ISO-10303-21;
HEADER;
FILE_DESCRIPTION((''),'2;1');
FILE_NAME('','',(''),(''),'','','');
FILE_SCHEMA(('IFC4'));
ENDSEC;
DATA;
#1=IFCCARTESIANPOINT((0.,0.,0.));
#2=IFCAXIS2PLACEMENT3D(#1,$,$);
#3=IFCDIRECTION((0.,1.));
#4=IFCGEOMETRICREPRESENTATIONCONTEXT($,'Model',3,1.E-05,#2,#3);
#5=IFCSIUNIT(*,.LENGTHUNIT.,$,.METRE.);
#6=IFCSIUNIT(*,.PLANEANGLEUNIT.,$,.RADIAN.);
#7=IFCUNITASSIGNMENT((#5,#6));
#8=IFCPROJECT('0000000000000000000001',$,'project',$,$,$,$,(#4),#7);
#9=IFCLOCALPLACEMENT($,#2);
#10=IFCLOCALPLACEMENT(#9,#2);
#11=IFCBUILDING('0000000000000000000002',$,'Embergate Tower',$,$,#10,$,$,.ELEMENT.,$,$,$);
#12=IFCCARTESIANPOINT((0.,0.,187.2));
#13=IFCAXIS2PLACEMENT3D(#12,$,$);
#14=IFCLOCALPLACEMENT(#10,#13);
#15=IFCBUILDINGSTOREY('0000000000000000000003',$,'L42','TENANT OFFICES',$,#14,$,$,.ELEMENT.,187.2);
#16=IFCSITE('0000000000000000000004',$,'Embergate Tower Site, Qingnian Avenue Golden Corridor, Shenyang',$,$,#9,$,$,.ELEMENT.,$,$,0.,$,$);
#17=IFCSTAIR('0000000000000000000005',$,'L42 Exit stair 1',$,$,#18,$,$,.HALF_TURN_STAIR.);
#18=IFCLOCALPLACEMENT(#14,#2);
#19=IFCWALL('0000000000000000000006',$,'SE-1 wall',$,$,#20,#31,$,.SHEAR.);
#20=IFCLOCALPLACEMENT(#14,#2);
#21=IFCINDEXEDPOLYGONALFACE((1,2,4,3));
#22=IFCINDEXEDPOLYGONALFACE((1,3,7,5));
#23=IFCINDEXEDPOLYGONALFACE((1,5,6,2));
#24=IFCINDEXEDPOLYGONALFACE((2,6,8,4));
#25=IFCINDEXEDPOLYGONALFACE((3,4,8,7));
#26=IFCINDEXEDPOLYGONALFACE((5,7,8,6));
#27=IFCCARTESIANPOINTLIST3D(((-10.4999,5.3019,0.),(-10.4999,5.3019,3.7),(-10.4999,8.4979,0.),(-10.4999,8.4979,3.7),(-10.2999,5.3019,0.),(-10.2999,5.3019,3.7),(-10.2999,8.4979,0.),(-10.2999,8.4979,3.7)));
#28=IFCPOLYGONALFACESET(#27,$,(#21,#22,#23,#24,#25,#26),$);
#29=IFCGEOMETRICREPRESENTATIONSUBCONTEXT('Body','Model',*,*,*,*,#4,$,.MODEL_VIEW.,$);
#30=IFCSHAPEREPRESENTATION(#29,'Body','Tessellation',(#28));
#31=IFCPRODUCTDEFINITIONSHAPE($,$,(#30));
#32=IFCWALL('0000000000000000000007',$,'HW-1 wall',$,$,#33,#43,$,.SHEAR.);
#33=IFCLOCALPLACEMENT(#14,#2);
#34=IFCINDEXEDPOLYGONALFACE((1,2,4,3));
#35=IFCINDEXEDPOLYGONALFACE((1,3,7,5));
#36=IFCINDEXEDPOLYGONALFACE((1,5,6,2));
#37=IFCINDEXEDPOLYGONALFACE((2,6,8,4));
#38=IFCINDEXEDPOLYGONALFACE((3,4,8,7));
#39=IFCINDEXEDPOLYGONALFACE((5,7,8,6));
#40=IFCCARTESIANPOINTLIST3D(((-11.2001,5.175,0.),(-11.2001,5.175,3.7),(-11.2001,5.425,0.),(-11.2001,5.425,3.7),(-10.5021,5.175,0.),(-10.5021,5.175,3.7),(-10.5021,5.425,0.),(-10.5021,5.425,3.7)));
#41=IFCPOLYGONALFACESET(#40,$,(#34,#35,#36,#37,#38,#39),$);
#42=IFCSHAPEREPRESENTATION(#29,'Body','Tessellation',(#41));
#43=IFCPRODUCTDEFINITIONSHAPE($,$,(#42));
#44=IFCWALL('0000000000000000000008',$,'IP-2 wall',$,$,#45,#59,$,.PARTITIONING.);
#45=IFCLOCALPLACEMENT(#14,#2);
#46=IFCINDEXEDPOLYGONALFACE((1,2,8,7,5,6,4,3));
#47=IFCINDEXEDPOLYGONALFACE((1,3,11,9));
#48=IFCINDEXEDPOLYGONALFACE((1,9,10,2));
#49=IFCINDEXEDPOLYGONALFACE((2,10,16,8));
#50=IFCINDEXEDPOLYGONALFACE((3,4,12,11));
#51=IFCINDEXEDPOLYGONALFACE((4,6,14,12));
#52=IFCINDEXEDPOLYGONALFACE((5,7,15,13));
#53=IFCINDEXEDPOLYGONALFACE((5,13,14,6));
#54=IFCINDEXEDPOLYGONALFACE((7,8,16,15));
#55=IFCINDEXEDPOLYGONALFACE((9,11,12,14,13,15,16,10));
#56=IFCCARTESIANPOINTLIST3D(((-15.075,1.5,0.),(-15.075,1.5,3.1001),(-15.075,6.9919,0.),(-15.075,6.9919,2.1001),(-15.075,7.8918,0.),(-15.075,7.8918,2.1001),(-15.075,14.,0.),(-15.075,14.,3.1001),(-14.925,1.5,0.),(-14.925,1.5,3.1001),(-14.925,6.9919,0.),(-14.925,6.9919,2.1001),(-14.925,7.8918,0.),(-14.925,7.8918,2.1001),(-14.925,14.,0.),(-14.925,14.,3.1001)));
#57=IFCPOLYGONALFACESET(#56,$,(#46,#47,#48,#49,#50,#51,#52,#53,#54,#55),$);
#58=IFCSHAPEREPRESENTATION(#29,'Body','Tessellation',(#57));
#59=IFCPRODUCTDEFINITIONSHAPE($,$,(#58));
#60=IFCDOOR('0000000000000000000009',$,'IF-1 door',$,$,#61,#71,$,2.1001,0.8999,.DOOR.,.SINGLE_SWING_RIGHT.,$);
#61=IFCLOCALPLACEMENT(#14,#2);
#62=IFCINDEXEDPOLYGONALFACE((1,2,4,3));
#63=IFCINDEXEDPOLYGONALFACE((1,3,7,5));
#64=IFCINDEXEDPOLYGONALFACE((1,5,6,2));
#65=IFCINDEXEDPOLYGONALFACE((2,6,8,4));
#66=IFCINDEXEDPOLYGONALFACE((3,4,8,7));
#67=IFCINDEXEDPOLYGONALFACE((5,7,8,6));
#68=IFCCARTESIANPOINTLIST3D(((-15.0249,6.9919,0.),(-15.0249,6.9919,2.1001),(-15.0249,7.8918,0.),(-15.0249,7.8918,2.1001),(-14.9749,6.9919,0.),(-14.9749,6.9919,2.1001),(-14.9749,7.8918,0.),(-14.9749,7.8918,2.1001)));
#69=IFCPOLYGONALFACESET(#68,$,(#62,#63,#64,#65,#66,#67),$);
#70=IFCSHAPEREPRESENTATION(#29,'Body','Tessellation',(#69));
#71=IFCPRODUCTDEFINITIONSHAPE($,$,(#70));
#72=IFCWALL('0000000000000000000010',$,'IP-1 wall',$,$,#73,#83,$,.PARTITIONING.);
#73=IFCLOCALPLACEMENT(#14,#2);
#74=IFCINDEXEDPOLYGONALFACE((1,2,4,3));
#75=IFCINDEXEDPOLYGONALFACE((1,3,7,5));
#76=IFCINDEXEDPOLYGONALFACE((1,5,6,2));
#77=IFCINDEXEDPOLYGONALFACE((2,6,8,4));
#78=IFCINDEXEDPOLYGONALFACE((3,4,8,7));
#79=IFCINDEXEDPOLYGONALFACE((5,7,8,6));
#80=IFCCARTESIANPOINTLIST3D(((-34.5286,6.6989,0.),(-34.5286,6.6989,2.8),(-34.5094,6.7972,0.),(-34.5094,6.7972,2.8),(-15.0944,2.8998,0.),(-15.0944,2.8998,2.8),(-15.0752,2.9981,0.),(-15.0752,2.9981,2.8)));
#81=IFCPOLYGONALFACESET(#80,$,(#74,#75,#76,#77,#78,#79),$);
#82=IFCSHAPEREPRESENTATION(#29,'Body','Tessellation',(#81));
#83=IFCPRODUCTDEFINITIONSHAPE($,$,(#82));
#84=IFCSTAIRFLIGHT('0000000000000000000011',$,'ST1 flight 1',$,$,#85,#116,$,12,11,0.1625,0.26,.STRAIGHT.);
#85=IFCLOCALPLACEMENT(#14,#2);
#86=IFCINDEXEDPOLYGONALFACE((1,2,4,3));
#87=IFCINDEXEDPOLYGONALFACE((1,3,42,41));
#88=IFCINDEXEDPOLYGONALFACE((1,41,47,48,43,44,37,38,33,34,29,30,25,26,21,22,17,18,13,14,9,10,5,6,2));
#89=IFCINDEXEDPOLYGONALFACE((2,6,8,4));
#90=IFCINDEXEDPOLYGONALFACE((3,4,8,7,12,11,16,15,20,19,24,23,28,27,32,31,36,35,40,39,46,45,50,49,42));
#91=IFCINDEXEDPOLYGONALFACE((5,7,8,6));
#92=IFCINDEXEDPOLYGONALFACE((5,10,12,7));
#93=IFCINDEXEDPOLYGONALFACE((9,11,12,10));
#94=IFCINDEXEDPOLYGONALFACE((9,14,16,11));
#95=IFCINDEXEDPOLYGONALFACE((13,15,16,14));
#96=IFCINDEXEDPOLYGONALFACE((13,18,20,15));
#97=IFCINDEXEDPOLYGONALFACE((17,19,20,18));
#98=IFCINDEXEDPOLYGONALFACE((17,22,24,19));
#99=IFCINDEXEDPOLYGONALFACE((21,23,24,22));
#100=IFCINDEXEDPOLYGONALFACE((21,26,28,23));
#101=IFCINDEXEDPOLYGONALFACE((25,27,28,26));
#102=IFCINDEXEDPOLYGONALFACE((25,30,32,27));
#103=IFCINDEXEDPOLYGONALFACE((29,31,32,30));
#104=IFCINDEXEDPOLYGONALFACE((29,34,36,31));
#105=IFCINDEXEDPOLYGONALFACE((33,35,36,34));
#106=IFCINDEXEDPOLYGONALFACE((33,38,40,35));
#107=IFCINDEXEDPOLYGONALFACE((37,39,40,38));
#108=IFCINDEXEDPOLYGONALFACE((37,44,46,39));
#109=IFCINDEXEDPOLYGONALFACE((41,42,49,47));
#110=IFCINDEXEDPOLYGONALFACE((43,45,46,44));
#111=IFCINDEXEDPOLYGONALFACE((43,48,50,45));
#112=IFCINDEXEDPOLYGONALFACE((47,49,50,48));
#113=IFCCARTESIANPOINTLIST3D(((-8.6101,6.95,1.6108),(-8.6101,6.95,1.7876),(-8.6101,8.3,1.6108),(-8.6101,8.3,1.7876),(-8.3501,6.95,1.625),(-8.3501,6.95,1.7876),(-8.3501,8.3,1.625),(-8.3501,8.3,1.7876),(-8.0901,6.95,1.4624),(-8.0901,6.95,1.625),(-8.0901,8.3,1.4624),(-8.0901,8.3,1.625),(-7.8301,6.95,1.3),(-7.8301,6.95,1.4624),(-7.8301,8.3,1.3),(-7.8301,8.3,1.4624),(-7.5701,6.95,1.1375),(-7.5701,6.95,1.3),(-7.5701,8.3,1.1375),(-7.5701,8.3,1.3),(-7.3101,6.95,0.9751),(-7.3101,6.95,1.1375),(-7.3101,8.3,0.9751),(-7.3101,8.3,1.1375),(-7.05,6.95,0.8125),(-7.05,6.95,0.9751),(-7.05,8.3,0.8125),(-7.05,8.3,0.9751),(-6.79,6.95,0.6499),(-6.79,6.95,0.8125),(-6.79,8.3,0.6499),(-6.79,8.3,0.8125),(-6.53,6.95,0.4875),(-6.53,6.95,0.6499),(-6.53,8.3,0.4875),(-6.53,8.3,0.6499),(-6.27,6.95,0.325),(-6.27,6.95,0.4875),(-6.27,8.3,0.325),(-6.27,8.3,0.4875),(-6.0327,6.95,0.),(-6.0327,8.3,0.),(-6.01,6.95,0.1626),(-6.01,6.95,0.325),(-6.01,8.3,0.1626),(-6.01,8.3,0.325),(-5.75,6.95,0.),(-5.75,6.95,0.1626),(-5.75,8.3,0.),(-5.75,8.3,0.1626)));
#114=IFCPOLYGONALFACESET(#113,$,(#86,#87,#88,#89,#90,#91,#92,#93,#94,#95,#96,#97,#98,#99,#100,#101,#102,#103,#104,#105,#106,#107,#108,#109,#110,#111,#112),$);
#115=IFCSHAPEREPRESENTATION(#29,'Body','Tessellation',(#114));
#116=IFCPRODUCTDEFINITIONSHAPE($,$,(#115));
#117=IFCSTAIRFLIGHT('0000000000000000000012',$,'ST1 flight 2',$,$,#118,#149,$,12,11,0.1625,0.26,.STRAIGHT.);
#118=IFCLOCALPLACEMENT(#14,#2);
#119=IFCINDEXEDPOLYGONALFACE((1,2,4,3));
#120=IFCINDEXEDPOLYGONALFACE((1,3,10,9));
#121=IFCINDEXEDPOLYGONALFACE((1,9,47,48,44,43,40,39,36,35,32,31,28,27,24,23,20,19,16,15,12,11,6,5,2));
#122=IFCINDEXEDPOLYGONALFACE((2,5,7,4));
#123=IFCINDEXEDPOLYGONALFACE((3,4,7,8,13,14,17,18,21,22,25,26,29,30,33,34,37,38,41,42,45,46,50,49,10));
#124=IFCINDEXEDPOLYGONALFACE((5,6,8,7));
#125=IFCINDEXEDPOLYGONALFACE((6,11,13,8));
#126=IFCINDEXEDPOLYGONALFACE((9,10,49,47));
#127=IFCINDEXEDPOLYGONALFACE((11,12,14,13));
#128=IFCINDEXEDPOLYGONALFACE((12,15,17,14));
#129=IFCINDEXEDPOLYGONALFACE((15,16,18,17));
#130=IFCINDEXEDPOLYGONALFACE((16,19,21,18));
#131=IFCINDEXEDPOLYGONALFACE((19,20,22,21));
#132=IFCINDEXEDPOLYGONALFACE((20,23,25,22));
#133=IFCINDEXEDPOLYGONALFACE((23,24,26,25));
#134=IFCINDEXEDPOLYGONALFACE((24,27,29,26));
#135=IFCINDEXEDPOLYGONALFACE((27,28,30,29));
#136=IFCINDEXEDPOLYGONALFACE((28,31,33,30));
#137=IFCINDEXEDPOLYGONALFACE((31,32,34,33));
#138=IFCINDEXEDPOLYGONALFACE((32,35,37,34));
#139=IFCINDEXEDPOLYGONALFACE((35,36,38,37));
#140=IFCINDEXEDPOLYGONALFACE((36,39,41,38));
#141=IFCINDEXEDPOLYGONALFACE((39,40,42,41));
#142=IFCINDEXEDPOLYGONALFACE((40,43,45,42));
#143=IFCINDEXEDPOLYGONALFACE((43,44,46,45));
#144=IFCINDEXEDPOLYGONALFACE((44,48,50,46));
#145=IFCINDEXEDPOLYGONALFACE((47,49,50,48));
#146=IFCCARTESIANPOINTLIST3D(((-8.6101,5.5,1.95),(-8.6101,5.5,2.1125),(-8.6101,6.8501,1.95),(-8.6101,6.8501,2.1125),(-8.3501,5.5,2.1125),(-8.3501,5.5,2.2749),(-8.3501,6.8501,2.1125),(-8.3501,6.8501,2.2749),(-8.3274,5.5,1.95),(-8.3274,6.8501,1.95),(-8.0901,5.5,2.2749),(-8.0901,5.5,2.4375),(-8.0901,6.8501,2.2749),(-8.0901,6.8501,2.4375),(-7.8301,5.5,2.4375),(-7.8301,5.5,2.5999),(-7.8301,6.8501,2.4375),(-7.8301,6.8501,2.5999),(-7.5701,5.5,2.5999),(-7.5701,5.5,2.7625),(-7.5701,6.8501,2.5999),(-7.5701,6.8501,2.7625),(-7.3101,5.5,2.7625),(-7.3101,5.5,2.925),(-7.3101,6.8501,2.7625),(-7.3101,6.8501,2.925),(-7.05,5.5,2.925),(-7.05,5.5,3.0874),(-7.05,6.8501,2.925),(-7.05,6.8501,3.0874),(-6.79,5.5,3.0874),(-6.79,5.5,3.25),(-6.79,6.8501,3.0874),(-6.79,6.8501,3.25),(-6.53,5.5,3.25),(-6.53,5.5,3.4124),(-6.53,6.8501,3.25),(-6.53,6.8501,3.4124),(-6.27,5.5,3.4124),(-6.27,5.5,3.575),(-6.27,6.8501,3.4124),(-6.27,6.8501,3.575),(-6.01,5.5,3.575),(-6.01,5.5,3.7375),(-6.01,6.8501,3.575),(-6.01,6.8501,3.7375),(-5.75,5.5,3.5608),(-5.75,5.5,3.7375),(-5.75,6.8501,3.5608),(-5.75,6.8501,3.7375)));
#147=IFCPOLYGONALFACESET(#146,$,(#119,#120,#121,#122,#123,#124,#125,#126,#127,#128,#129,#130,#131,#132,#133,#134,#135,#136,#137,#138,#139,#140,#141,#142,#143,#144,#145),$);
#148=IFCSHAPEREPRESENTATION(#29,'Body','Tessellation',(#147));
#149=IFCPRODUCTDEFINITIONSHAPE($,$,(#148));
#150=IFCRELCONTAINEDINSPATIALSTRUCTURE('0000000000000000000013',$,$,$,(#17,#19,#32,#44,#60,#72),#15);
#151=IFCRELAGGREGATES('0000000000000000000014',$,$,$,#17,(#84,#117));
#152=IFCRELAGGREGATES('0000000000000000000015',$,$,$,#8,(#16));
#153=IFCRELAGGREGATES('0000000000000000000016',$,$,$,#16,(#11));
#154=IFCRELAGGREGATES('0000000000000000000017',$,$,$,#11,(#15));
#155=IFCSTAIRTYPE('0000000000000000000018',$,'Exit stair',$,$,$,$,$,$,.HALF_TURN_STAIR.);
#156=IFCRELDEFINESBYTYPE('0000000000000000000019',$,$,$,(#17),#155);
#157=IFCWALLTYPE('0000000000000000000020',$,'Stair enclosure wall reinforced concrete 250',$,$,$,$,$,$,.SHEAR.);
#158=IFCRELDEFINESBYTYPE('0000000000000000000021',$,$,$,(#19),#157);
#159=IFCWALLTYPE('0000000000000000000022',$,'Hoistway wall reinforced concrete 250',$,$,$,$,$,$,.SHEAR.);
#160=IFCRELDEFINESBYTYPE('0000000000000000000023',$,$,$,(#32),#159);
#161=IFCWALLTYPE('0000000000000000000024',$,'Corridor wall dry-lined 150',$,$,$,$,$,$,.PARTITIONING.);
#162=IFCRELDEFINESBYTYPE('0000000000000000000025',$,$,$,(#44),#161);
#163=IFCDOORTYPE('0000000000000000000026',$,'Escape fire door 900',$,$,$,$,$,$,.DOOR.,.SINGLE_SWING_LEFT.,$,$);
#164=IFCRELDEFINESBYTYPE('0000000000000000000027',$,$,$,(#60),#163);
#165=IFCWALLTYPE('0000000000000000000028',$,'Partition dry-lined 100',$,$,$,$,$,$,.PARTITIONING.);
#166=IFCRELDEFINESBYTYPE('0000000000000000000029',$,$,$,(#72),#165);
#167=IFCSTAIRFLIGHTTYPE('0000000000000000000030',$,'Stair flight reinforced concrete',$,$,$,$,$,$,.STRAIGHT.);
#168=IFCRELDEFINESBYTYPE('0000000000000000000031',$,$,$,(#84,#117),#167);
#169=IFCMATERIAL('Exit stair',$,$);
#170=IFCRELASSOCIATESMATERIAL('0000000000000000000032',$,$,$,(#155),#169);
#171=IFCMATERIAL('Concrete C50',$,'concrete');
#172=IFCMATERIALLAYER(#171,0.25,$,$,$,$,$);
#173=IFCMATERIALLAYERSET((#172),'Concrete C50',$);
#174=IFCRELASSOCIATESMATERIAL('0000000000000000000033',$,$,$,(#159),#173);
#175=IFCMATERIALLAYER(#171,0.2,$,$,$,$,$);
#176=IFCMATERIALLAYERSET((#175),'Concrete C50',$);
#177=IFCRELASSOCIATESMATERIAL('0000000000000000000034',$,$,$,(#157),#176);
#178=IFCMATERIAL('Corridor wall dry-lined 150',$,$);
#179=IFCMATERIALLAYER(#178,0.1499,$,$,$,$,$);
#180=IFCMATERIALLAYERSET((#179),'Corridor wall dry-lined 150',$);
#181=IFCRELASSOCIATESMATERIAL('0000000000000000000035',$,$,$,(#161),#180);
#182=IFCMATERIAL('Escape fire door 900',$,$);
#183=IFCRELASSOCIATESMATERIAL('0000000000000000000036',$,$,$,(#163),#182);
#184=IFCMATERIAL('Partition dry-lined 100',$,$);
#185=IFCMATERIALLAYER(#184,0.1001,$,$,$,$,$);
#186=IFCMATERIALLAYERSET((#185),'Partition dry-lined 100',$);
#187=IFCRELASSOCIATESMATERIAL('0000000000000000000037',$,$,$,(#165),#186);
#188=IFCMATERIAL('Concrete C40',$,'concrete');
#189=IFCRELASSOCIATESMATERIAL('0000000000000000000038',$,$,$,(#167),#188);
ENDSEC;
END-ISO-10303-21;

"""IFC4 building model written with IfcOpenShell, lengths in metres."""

from ifc_helpers import new_model, si_unit, direction, frame, frame_2d, origin, place, context, subcontext, project, spatial, polyline, rectangle, outline, extrude, source, transform, mapped, material, layer, layer_set, type_object, element, fill, aggregate, save


model = new_model("IFC4")

# Units and contexts
model_context = context("Model", 3, precision=1e-05, world=origin(), true_north=direction((0.0, 1.0)))
body_context = subcontext(model_context, "Body", "Model", "MODEL_VIEW")
ifc_project = project(units=[si_unit("LENGTHUNIT", "METRE"), si_unit("PLANEANGLEUNIT", "RADIAN")], contexts=[model_context])

# Site, building, storey
site_placement = place(None, origin())
site = spatial("IfcSite", under=ifc_project, at=site_placement, Name="Embergate Tower Site, Qingnian Avenue Golden Corridor, Shenyang", CompositionType="ELEMENT", RefElevation=0.0)
building_placement = place(site_placement, origin())
building = spatial("IfcBuilding", under=site, at=building_placement, Name="Embergate Tower", CompositionType="ELEMENT")
storey_placement = place(building_placement, frame((0.0, 0.0, 187.2)))
storey = spatial("IfcBuildingStorey", under=building, at=storey_placement, Name="L42", Description="TENANT OFFICES", CompositionType="ELEMENT", Elevation=187.2)

# Stair
ifc_material_1 = material(Name="Exit stair")
stair_type = type_object("IfcStairType", Name="Exit stair", PredefinedType="HALF_TURN_STAIR", material=ifc_material_1)
stair_placement = place(storey_placement, origin())
stair = element("IfcStair", 1, at=stair_placement, inside=storey, type_object=stair_type, Name="L42 Exit stair 1", PredefinedType="HALF_TURN_STAIR")
ifc_material_2 = material(Name="Concrete C40", Category="concrete")

# Shared definitions
ifc_material_3 = material(Name="Concrete C50", Category="concrete")
ifc_layer_1 = layer(ifc_material_3, 0.25)
ifc_layer_set_1 = layer_set([ifc_layer_1], Name="Concrete C50")
wall_type_1 = type_object("IfcWallType", Name="Hoistway wall reinforced concrete 250", PredefinedType="SHEAR", material=ifc_layer_set_1)

# Shared definitions
ifc_layer_2 = layer(ifc_material_3, 0.2)
ifc_layer_set_2 = layer_set([ifc_layer_2], Name="Concrete C50")
wall_type_2 = type_object("IfcWallType", Name="Stair enclosure wall reinforced concrete 250", PredefinedType="SHEAR", material=ifc_layer_set_2)

# Shared definitions
shared_shape_1 = source(origin(), body_context, "Body", "SweptSolid", [
    extrude(rectangle(XDim=0.8999, YDim=2.1001, at=frame_2d((0.45, 1.05))), frame((0.0, 0.0249, 0.0), z_axis=(0.0, -1.0, 0.0), x_axis=(1.0, 0.0, 0.0)), (0.0, 0.0, 1.0), 0.05),
])

# Walls
shared_shape_2 = source(origin(), body_context, "Body", "SweptSolid", [
    extrude(rectangle(XDim=3.196, YDim=0.2, at=frame_2d((1.5981, 0.0))), origin(), (0.0, 0.0, 1.0), 3.7),
])
wall_1_placement = place(storey_placement, frame((-10.3999, 8.498, 0.0), z_axis=(0.0, 0.0, 1.0), x_axis=(0.0, -1.0, 0.0)))
element("IfcWall", 2, at=wall_1_placement, inside=storey, type_object=wall_type_2, Name="SE-1 wall", PredefinedType="SHEAR", context=body_context, shape_type="MappedRepresentation", body=[
    mapped(shared_shape_2, transform((0.0, 0.0, 0.0))),
])
shared_shape_3 = source(origin(), body_context, "Body", "SweptSolid", [
    extrude(rectangle(XDim=0.698, YDim=0.25, at=frame_2d((0.3491, 0.0))), origin(), (0.0, 0.0, 1.0), 3.7),
])
wall_2_placement = place(storey_placement, frame((-10.502, 5.3, 0.0), z_axis=(0.0, 0.0, 1.0), x_axis=(-1.0, 0.0, 0.0)))
element("IfcWall", 3, at=wall_2_placement, inside=storey, type_object=wall_type_1, Name="HW-1 wall", PredefinedType="SHEAR", context=body_context, shape_type="MappedRepresentation", body=[
    mapped(shared_shape_3, transform((0.0, 0.0, 0.0))),
])

# Wall, opening, door
ifc_material_4 = material(Name="Corridor wall dry-lined 150")
ifc_layer_3 = layer(ifc_material_4, 0.1499)
ifc_layer_set_3 = layer_set([ifc_layer_3], Name="Corridor wall dry-lined 150")
wall_type_3 = type_object("IfcWallType", Name="Corridor wall dry-lined 150", PredefinedType="PARTITIONING", material=ifc_layer_set_3)
shared_shape_4 = source(origin(), body_context, "Body", "SweptSolid", [
    extrude(rectangle(XDim=12.5, YDim=0.1499, at=frame_2d((6.25, 0.0))), origin(), (0.0, 0.0, 1.0), 3.1001),
])
wall_3_placement = place(storey_placement, frame((-15.0, 1.5, 0.0), z_axis=(0.0, 0.0, 1.0), x_axis=(0.0, 1.0, 0.0)))
wall_3 = element("IfcWall", 4, at=wall_3_placement, inside=storey, type_object=wall_type_3, Name="IP-2 wall", PredefinedType="PARTITIONING", context=body_context, shape_type="MappedRepresentation", body=[
    mapped(shared_shape_4, transform((0.0, 0.0, 0.0))),
])
shared_shape_5 = source(origin(), body_context, "Body", "SweptSolid", [
    extrude(rectangle(XDim=0.8999, YDim=2.1001, at=frame_2d((0.45, 1.05))), frame((0.0, 0.085, 0.0), z_axis=(0.0, -1.0, 0.0), x_axis=(1.0, 0.0, 0.0)), (0.0, 0.0, 1.0), 0.1699),
])
opening_1_placement = place(wall_3_placement, frame((5.4919, 0.0, 0.0)))
opening_1 = element("IfcOpeningElement", 5, at=opening_1_placement, cuts=wall_3, PredefinedType="OPENING", context=body_context, shape_type="MappedRepresentation", body=[
    mapped(shared_shape_5, transform((0.0, 0.0, 0.0))),
])
ifc_material_5 = material(Name="Escape fire door 900")
door_type_1 = type_object("IfcDoorType", Name="Escape fire door 900", OperationType="SINGLE_SWING_LEFT", PredefinedType="DOOR", material=ifc_material_5)
door_1_placement = place(opening_1_placement, origin())
door_1 = element("IfcDoor", 6, at=door_1_placement, inside=storey, type_object=door_type_1, Name="IF-1 door", OperationType="SINGLE_SWING_RIGHT", OverallHeight=2.1001, OverallWidth=0.8999, PredefinedType="DOOR", context=body_context, shape_type="MappedRepresentation", body=[
    mapped(shared_shape_1, transform((0.0, 0.0, 0.0))),
])
fill(opening_1, door_1)

# Wall
ifc_material_6 = material(Name="Partition dry-lined 100")
ifc_layer_4 = layer(ifc_material_6, 0.1001)
ifc_layer_set_4 = layer_set([ifc_layer_4], Name="Partition dry-lined 100")
wall_type_4 = type_object("IfcWallType", Name="Partition dry-lined 100", PredefinedType="PARTITIONING", material=ifc_layer_set_4)
shared_shape_6 = source(origin(), body_context, "Body", "SweptSolid", [
    extrude(rectangle(XDim=19.802, YDim=0.1001, at=frame_2d((9.9009, 0.0))), origin(), (0.0, 0.0, 1.0), 2.8),
])
wall_4_placement = place(storey_placement, frame((-15.085, 2.949, 0.0), z_axis=(0.0, 0.0, 1.0), x_axis=(-0.981424, 0.191854, 0.0)))
element("IfcWall", 7, at=wall_4_placement, inside=storey, type_object=wall_type_4, Name="IP-1 wall", PredefinedType="PARTITIONING", context=body_context, shape_type="MappedRepresentation", body=[
    mapped(shared_shape_6, transform((0.0, 0.0, 0.0))),
])

# Stair flights
stair_flight_type = type_object("IfcStairFlightType", Name="Stair flight reinforced concrete", PredefinedType="STRAIGHT", material=ifc_material_2)
shared_shape_7 = source(origin(), body_context, "Body", "SweptSolid", [
    extrude(outline(polyline([(0.0, 0.0), (0.0, 0.1626), (0.26, 0.1626), (0.26, 0.325), (0.52, 0.325), (0.52, 0.4875), (0.78, 0.4875), (0.78, 0.6499), (1.04, 0.6499), (1.04, 0.8125), (1.3, 0.8125), (1.3, 0.9751), (1.5601, 0.9751), (1.5601, 1.1375), (1.8201, 1.1375), (1.8201, 1.3), (2.0801, 1.3), (2.0801, 1.4624), (2.3401, 1.4624), (2.3401, 1.625), (2.6001, 1.625), (2.6001, 1.7876), (2.8601, 1.7876), (2.8601, 1.95), (2.8601, 1.6108), (0.2827, 0.0), (0.0, 0.0)])), frame((0.0, 0.675, 0.0), z_axis=(0.0, -1.0, 0.0), x_axis=(1.0, 0.0, 0.0)), (0.0, 0.0, 1.0), 1.3501),
])
stair_flight_1_placement = place(storey_placement, frame((-5.75, 7.625, 0.0), z_axis=(0.0, 0.0, 1.0), x_axis=(-1.0, 0.0, 0.0)))
stair_flight_1 = element("IfcStairFlight", 8, at=stair_flight_1_placement, type_object=stair_flight_type, Name="ST1 flight 1", NumberOfRisers=12, NumberOfTreads=11, PredefinedType="STRAIGHT", RiserHeight=0.1625, TreadLength=0.26, context=body_context, shape_type="MappedRepresentation", body=[
    mapped(shared_shape_7, transform((0.0, 0.0, 0.0))),
])
stair_flight_2_placement = place(storey_placement, frame((-8.6101, 6.175, 1.95), z_axis=(0.0, 0.0, 1.0), x_axis=(1.0, 0.0, 0.0)))
stair_flight_2 = element("IfcStairFlight", 9, at=stair_flight_2_placement, type_object=stair_flight_type, Name="ST1 flight 2", NumberOfRisers=12, NumberOfTreads=11, PredefinedType="STRAIGHT", RiserHeight=0.1625, TreadLength=0.26, context=body_context, shape_type="MappedRepresentation", body=[
    mapped(shared_shape_7, transform((0.0, 0.0, 0.0))),
])
aggregate(stair, [stair_flight_1, stair_flight_2])

save(model, "model.ifc")
